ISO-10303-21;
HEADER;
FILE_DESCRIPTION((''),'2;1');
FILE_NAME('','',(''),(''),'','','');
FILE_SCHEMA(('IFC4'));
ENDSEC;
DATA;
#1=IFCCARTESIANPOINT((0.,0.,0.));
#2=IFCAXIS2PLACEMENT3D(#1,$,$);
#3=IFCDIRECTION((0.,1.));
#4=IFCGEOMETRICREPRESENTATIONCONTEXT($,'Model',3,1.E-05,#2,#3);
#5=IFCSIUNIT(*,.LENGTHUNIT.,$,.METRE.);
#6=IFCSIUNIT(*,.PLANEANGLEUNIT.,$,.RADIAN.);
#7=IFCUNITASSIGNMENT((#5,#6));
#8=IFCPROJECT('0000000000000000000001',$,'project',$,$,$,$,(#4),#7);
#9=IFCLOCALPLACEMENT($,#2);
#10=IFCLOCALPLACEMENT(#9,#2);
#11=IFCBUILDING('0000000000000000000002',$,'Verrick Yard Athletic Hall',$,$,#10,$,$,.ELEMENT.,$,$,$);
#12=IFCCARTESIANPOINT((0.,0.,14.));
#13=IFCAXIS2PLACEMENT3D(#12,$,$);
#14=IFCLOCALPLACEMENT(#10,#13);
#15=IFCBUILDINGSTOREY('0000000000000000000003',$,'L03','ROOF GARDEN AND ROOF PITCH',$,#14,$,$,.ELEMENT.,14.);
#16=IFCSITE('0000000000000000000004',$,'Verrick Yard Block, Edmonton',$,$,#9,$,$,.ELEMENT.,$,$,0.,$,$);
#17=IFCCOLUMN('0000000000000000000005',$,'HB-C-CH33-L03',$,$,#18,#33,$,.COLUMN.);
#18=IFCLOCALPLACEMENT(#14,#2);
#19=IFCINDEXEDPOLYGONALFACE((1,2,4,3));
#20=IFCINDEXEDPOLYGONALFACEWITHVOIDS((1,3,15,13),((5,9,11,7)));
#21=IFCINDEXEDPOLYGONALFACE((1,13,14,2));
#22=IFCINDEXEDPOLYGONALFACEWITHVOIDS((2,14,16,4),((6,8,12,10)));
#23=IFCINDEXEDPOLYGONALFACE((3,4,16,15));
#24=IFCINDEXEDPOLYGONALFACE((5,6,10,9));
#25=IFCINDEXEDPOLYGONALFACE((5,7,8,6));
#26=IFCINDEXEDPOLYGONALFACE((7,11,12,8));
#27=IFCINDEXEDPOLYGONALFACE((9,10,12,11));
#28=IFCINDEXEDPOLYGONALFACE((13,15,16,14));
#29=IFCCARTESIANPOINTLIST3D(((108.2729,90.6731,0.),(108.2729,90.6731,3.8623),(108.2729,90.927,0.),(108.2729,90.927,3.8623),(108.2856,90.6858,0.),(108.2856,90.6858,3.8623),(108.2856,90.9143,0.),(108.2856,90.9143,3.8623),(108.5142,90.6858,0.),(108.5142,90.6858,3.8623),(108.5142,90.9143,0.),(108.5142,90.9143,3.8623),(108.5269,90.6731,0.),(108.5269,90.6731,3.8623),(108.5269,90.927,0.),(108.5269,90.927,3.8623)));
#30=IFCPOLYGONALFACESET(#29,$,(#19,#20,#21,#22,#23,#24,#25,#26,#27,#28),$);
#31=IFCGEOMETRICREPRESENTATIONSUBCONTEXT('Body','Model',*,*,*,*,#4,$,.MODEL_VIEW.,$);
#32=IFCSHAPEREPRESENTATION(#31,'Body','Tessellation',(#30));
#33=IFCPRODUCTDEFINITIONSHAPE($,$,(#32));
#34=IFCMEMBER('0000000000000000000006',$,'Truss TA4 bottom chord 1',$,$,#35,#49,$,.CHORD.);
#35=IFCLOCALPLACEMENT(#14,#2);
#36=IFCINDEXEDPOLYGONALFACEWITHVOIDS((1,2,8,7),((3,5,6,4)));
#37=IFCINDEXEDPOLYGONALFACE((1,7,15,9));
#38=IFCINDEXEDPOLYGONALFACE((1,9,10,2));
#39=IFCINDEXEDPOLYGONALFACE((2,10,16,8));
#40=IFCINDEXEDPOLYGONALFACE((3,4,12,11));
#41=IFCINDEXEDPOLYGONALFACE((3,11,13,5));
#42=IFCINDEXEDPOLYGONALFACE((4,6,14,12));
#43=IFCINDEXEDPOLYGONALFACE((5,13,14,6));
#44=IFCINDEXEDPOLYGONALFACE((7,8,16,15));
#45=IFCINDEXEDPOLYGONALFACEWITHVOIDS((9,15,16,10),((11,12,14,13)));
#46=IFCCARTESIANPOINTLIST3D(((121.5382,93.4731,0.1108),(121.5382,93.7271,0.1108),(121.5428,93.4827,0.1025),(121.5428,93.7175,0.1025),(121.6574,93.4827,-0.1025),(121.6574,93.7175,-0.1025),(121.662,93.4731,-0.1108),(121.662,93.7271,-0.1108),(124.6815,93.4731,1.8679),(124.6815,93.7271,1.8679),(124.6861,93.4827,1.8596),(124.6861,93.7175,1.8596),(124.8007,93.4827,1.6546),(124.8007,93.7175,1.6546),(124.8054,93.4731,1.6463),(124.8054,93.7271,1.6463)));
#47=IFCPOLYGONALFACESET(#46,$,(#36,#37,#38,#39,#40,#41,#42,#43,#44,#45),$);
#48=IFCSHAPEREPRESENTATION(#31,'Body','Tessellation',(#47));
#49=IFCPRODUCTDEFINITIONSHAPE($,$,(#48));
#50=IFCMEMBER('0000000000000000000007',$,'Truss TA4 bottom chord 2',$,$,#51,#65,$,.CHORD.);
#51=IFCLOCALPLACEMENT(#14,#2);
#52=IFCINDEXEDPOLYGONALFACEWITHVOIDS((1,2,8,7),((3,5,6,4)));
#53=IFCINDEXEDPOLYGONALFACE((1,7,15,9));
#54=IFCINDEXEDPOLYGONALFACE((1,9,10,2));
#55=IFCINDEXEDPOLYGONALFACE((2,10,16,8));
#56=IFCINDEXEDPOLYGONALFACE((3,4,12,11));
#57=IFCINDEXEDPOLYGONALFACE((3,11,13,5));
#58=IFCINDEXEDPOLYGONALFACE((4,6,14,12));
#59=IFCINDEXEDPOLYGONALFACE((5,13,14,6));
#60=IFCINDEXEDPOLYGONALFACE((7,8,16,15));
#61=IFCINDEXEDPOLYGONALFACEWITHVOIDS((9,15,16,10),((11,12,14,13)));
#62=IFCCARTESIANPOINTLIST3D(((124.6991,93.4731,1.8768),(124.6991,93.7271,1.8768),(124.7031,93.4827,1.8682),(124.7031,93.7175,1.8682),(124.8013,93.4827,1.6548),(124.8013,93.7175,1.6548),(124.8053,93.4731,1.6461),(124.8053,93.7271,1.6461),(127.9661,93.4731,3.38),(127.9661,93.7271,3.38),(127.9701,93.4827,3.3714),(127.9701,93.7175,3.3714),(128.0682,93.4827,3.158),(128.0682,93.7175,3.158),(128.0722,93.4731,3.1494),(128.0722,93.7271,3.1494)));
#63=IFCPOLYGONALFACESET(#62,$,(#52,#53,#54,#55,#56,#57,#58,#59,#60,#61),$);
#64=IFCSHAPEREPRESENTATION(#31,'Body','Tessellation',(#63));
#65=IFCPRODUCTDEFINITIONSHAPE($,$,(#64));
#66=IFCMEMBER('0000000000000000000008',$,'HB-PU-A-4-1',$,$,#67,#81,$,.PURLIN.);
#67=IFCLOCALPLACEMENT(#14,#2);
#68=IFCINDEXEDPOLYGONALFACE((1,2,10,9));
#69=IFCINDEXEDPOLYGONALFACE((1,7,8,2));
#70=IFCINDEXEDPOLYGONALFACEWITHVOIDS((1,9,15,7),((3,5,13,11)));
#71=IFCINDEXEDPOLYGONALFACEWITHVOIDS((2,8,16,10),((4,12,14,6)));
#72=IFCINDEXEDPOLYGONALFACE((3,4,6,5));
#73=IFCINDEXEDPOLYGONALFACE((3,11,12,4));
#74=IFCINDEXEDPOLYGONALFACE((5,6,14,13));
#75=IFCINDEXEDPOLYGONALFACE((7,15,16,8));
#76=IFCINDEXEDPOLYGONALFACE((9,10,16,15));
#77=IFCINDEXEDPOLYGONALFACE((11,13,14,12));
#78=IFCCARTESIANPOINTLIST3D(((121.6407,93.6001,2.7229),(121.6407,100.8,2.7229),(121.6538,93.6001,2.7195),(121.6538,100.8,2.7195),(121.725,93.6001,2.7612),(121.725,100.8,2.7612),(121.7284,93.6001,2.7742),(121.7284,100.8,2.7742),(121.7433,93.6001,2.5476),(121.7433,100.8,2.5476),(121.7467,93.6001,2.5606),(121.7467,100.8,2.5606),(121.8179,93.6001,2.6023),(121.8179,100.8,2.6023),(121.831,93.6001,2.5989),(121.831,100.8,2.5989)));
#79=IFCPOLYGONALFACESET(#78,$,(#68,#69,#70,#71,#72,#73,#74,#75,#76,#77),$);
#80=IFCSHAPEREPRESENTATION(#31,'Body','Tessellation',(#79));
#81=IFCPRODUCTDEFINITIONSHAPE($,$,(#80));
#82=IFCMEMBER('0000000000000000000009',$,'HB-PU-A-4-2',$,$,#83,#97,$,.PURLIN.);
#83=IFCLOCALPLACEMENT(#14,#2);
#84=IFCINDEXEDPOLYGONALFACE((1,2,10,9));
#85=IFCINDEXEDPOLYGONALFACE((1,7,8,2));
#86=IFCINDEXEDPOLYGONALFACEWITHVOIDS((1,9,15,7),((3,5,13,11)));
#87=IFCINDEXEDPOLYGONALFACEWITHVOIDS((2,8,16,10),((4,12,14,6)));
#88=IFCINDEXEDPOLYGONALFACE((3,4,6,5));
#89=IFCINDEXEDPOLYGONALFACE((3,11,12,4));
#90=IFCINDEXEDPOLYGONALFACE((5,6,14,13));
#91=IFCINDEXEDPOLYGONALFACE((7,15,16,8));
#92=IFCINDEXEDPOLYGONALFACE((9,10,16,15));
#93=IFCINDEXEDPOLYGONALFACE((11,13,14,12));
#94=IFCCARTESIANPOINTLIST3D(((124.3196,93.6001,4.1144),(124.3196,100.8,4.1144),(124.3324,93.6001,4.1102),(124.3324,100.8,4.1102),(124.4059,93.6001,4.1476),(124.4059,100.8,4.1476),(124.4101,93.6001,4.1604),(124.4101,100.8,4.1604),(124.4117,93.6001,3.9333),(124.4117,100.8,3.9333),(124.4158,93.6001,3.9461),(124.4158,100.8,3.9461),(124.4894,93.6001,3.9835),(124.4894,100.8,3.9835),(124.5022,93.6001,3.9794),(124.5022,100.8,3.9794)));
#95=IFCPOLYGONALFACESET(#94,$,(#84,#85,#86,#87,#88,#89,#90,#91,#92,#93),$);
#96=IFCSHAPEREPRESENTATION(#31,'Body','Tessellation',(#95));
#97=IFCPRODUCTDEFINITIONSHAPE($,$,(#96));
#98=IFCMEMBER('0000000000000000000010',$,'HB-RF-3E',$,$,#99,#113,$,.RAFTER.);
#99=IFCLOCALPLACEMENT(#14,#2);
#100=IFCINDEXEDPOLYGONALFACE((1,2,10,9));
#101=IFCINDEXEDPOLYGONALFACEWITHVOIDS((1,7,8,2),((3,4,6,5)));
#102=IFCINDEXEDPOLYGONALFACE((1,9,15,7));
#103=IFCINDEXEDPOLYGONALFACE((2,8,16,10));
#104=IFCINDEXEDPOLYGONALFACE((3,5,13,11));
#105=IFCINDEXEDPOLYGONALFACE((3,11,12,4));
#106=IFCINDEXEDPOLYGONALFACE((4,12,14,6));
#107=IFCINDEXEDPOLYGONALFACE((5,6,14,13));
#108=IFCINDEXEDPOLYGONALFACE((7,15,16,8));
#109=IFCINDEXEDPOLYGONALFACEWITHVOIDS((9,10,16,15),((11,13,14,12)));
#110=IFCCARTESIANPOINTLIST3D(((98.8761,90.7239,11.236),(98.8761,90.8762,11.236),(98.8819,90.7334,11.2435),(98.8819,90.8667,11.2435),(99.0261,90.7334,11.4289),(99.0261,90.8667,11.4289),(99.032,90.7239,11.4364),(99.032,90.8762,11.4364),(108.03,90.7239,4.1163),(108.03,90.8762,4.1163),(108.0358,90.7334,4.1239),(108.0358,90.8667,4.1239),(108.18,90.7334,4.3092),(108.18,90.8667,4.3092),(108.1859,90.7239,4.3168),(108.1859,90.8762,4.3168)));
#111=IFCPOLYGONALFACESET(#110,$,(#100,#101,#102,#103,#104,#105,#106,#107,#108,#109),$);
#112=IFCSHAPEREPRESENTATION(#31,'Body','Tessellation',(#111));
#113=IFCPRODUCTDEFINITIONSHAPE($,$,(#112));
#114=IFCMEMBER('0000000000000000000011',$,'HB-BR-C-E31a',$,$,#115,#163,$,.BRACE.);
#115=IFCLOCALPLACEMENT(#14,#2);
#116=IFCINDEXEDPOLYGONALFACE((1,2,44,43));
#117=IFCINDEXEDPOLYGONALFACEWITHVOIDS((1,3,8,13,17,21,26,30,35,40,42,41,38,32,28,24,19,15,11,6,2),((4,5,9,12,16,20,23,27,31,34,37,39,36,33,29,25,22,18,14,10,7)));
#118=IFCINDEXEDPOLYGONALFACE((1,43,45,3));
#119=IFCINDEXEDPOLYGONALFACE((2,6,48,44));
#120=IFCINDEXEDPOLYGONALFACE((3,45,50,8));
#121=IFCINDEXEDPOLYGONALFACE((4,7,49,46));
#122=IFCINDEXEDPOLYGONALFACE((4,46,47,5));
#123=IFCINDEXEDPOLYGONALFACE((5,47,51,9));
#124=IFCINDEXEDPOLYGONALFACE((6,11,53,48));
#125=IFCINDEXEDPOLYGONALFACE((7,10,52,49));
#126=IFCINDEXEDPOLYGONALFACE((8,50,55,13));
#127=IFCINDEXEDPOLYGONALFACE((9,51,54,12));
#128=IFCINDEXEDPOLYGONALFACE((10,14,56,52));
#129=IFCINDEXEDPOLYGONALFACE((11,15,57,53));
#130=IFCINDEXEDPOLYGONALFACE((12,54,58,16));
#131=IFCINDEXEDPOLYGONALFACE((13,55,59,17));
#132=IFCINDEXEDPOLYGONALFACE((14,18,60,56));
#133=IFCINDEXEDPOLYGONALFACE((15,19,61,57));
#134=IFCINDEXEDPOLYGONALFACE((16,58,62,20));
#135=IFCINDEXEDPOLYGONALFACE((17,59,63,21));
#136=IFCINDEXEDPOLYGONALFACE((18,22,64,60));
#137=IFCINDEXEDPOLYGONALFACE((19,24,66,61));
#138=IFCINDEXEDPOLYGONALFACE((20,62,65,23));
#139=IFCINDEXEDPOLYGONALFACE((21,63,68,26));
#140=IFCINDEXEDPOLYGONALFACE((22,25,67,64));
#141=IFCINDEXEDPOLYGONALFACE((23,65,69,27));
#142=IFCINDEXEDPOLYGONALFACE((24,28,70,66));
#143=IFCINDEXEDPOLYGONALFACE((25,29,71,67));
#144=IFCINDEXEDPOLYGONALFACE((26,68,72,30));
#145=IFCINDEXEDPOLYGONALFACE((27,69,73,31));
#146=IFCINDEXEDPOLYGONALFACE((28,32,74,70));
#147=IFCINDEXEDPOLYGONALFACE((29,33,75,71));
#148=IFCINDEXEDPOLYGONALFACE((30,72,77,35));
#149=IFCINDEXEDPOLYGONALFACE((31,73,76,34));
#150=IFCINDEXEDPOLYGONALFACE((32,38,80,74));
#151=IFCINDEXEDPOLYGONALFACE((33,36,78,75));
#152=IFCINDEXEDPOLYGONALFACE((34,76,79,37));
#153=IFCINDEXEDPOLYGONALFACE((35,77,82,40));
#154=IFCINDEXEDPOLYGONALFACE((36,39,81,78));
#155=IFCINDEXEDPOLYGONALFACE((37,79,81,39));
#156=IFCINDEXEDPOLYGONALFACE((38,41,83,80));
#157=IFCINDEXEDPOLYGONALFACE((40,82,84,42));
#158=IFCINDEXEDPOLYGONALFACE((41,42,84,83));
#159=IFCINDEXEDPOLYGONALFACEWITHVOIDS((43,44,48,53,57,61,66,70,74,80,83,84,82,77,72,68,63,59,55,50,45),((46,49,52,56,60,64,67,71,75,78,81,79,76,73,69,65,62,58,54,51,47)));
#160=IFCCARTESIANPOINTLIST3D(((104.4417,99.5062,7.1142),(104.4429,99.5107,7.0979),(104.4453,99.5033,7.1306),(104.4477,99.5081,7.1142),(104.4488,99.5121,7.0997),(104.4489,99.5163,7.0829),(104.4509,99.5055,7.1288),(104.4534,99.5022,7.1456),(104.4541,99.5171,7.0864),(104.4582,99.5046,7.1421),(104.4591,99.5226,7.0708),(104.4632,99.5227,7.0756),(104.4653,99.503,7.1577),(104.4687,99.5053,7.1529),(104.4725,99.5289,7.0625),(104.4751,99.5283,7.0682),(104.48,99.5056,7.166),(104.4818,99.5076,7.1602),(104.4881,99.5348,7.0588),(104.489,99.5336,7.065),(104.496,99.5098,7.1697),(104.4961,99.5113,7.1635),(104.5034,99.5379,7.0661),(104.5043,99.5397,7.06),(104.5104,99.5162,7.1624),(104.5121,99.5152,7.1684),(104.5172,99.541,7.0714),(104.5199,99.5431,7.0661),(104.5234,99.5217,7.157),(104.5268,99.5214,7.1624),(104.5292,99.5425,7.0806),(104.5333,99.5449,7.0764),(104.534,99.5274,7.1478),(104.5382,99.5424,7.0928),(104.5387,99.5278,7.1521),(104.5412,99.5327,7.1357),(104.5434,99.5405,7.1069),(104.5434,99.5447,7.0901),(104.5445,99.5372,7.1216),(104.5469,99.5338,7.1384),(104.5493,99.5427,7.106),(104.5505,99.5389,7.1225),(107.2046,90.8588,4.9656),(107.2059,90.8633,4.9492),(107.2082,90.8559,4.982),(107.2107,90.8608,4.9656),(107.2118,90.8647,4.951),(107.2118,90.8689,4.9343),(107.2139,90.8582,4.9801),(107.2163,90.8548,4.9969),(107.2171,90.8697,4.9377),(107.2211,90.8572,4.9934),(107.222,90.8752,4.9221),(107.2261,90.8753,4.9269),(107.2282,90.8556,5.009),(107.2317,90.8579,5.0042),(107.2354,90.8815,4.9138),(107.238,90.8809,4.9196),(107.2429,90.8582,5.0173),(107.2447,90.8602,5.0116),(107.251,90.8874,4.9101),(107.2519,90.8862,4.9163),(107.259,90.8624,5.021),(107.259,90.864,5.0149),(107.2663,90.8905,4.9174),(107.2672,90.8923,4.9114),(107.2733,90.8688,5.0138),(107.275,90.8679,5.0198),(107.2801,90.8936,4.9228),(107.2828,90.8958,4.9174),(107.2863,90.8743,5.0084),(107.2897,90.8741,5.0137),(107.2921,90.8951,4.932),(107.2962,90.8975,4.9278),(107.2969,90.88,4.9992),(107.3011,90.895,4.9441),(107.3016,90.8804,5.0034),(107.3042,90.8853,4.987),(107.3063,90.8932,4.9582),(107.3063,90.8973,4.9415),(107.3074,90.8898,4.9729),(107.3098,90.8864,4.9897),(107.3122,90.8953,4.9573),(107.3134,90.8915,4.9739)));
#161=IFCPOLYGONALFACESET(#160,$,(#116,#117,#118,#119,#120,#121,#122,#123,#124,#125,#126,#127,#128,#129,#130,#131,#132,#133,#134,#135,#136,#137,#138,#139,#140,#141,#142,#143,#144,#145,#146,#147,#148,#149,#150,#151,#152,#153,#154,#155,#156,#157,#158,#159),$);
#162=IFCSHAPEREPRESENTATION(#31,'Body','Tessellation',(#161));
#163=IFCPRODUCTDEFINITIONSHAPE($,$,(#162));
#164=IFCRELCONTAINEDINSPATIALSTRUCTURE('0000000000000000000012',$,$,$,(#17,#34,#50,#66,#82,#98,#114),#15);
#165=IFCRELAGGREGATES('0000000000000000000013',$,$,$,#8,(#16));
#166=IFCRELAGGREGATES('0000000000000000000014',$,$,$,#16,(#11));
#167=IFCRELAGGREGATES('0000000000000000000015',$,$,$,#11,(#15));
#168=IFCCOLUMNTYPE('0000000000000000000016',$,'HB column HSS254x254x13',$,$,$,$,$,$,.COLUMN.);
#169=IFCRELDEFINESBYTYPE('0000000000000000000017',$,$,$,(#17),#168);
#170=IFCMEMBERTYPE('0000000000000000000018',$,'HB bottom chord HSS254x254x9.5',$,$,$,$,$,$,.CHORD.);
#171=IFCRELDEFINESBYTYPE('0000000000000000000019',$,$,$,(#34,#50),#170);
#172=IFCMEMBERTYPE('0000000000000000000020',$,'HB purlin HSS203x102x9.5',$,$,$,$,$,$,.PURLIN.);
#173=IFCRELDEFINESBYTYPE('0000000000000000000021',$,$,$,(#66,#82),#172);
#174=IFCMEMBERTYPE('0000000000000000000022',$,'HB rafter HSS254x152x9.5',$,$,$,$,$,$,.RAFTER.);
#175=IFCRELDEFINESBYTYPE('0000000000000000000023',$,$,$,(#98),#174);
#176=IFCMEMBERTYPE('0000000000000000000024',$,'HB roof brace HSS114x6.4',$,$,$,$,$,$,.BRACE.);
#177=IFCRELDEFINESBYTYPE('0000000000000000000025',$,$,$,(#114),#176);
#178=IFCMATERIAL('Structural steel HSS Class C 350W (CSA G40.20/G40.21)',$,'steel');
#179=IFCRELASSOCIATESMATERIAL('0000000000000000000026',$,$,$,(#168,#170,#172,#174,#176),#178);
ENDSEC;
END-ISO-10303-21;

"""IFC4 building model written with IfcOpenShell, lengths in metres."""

from ifc_helpers import new_model, si_unit, direction, frame, origin, origin_2d, place, context, subcontext, project, spatial, hollow_rectangle, hollow_circle, extrude, material, material_profile, profile_set, type_object, element, save


model = new_model("IFC4")

# Units and contexts
model_context = context("Model", 3, precision=1e-05, world=origin(), true_north=direction((0.0, 1.0)))
body_context = subcontext(model_context, "Body", "Model", "MODEL_VIEW")
ifc_project = project(units=[si_unit("LENGTHUNIT", "METRE"), si_unit("PLANEANGLEUNIT", "RADIAN")], contexts=[model_context])

# Site, building, storey
site_placement = place(None, origin())
site = spatial("IfcSite", under=ifc_project, at=site_placement, Name="Verrick Yard Block, Edmonton", CompositionType="ELEMENT", RefElevation=0.0)
building_placement = place(site_placement, origin())
building = spatial("IfcBuilding", under=site, at=building_placement, Name="Verrick Yard Athletic Hall", CompositionType="ELEMENT")
storey_placement = place(building_placement, frame((0.0, 0.0, 14.0)))
storey = spatial("IfcBuildingStorey", under=building, at=storey_placement, Name="L03", Description="ROOF GARDEN AND ROOF PITCH", CompositionType="ELEMENT", Elevation=14.0)

# Column
ifc_material_1 = material(Name="Structural steel HSS Class C 350W (CSA G40.20/G40.21)", Category="steel")
ifc_material_profile_1 = material_profile(ifc_material_1, hollow_rectangle(XDim=0.2539, YDim=0.2539, WallThickness=0.0127, at=origin_2d()), Name="HSS254x254x13")
ifc_profile_set_1 = profile_set([ifc_material_profile_1], Name="Structural steel HSS Class C 350W (CSA G40.20/G40.21)")
column_type = type_object("IfcColumnType", Name="HB column HSS254x254x13", PredefinedType="COLUMN", material=ifc_profile_set_1)
column_placement = place(storey_placement, frame((108.3999, 90.8, 0.0), z_axis=(0.0, 0.0, 1.0), x_axis=(1.0, 0.0, 0.0)))
element("IfcColumn", 1, at=column_placement, inside=storey, type_object=column_type, Name="HB-C-CH33-L03", PredefinedType="COLUMN", context=body_context, shape_type="SweptSolid", body=[
    extrude(hollow_rectangle(XDim=0.2539, YDim=0.2539, WallThickness=0.0127, at=origin_2d()), origin(), (0.0, 0.0, 1.0), 3.8623),
])

# Members
ifc_material_profile_2 = material_profile(ifc_material_1, hollow_rectangle(XDim=0.2539, YDim=0.2539, WallThickness=0.0095, at=origin_2d()), Name="HSS254x254x9.5")
ifc_profile_set_2 = profile_set([ifc_material_profile_2], Name="Structural steel HSS Class C 350W (CSA G40.20/G40.21)")
member_type_1 = type_object("IfcMemberType", Name="HB bottom chord HSS254x254x9.5", PredefinedType="CHORD", material=ifc_profile_set_2)
member_1_placement = place(storey_placement, frame((121.6001, 93.6001, 0.0), z_axis=(0.872881, 0.0, 0.487932), x_axis=(0.0, 1.0, 0.0)))
element("IfcMember", 2, at=member_1_placement, inside=storey, type_object=member_type_1, Name="Truss TA4 bottom chord 1", PredefinedType="CHORD", context=body_context, shape_type="SweptSolid", body=[
    extrude(hollow_rectangle(XDim=0.2539, YDim=0.2539, WallThickness=0.0095, at=origin_2d()), origin(), (0.0, 0.0, 1.0), 3.6011),
])
member_2_placement = place(storey_placement, frame((124.7522, 93.6001, 1.7615), z_axis=(0.908446, 0.0, 0.418003), x_axis=(0.0, 1.0, 0.0)))
element("IfcMember", 3, at=member_2_placement, inside=storey, type_object=member_type_1, Name="Truss TA4 bottom chord 2", PredefinedType="CHORD", context=body_context, shape_type="SweptSolid", body=[
    extrude(hollow_rectangle(XDim=0.2539, YDim=0.2539, WallThickness=0.0095, at=origin_2d()), origin(), (0.0, 0.0, 1.0), 3.5962),
])
ifc_material_profile_3 = material_profile(ifc_material_1, hollow_rectangle(XDim=0.1016, YDim=0.2031, WallThickness=0.0095, at=origin_2d()), Name="HSS203x102x9.5")
ifc_profile_set_3 = profile_set([ifc_material_profile_3], Name="Structural steel HSS Class C 350W (CSA G40.20/G40.21)")
member_type_2 = type_object("IfcMemberType", Name="HB purlin HSS203x102x9.5", PredefinedType="PURLIN", material=ifc_profile_set_3)
for number, where, z_axis, x_axis, name in (
    (4, (121.7358, 93.6001, 2.6609), (0.0, 1.0, 0.0), (-0.863168, 0.0, -0.504917), "HB-PU-A-4-1"),
    (5, (124.4109, 93.6001, 4.0469), (0.0, 1.0, 0.0), (-0.891353, 0.0, -0.45331), "HB-PU-A-4-2"),
):
    element("IfcMember", number, at=place(storey_placement, frame(where, z_axis=z_axis, x_axis=x_axis)), inside=storey, type_object=member_type_2, Name=name, PredefinedType="PURLIN", context=body_context, shape_type="SweptSolid", body=[
        extrude(hollow_rectangle(XDim=0.1016, YDim=0.2031, WallThickness=0.0095, at=origin_2d()), origin(), (0.0, 0.0, 1.0), 7.2),
    ])
ifc_material_profile_4 = material_profile(ifc_material_1, hollow_rectangle(XDim=0.1523, YDim=0.2539, WallThickness=0.0095, at=origin_2d()), Name="HSS254x152x9.5")
ifc_profile_set_4 = profile_set([ifc_material_profile_4], Name="Structural steel HSS Class C 350W (CSA G40.20/G40.21)")
member_type_3 = type_object("IfcMemberType", Name="HB rafter HSS254x152x9.5", PredefinedType="RAFTER", material=ifc_profile_set_4)
member_3_placement = place(storey_placement, frame((108.1079, 90.8, 4.2166), z_axis=(-0.789352, 0.0, 0.613941), x_axis=(0.0, -1.0, 0.0)))
element("IfcMember", 6, at=member_3_placement, inside=storey, type_object=member_type_3, Name="HB-RF-3E", PredefinedType="RAFTER", context=body_context, shape_type="SweptSolid", body=[
    extrude(hollow_rectangle(XDim=0.1523, YDim=0.2539, WallThickness=0.0095, at=origin_2d()), origin(), (0.0, 0.0, 1.0), 11.5967),
])
ifc_material_profile_5 = material_profile(ifc_material_1, hollow_circle(Radius=0.0571, WallThickness=0.0063, at=origin_2d()), Name="HSS114x6.4")
ifc_profile_set_5 = profile_set([ifc_material_profile_5], Name="Structural steel HSS Class C 350W (CSA G40.20/G40.21)")
member_type_4 = type_object("IfcMemberType", Name="HB roof brace HSS114x6.4", PredefinedType="BRACE", material=ifc_profile_set_5)
member_4_placement = place(storey_placement, frame((107.259, 90.8762, 4.9656), z_axis=(-0.296168, 0.926949, 0.230324), x_axis=(-0.95256, -0.304351, 0.0)))
element("IfcMember", 7, at=member_4_placement, inside=storey, type_object=member_type_4, Name="HB-BR-C-E31a", PredefinedType="BRACE", context=body_context, shape_type="SweptSolid", body=[
    extrude(hollow_circle(Radius=0.0571, WallThickness=0.0063, at=origin_2d()), origin(), (0.0, 0.0, 1.0), 9.3289),
])

save(model, "model.ifc")
